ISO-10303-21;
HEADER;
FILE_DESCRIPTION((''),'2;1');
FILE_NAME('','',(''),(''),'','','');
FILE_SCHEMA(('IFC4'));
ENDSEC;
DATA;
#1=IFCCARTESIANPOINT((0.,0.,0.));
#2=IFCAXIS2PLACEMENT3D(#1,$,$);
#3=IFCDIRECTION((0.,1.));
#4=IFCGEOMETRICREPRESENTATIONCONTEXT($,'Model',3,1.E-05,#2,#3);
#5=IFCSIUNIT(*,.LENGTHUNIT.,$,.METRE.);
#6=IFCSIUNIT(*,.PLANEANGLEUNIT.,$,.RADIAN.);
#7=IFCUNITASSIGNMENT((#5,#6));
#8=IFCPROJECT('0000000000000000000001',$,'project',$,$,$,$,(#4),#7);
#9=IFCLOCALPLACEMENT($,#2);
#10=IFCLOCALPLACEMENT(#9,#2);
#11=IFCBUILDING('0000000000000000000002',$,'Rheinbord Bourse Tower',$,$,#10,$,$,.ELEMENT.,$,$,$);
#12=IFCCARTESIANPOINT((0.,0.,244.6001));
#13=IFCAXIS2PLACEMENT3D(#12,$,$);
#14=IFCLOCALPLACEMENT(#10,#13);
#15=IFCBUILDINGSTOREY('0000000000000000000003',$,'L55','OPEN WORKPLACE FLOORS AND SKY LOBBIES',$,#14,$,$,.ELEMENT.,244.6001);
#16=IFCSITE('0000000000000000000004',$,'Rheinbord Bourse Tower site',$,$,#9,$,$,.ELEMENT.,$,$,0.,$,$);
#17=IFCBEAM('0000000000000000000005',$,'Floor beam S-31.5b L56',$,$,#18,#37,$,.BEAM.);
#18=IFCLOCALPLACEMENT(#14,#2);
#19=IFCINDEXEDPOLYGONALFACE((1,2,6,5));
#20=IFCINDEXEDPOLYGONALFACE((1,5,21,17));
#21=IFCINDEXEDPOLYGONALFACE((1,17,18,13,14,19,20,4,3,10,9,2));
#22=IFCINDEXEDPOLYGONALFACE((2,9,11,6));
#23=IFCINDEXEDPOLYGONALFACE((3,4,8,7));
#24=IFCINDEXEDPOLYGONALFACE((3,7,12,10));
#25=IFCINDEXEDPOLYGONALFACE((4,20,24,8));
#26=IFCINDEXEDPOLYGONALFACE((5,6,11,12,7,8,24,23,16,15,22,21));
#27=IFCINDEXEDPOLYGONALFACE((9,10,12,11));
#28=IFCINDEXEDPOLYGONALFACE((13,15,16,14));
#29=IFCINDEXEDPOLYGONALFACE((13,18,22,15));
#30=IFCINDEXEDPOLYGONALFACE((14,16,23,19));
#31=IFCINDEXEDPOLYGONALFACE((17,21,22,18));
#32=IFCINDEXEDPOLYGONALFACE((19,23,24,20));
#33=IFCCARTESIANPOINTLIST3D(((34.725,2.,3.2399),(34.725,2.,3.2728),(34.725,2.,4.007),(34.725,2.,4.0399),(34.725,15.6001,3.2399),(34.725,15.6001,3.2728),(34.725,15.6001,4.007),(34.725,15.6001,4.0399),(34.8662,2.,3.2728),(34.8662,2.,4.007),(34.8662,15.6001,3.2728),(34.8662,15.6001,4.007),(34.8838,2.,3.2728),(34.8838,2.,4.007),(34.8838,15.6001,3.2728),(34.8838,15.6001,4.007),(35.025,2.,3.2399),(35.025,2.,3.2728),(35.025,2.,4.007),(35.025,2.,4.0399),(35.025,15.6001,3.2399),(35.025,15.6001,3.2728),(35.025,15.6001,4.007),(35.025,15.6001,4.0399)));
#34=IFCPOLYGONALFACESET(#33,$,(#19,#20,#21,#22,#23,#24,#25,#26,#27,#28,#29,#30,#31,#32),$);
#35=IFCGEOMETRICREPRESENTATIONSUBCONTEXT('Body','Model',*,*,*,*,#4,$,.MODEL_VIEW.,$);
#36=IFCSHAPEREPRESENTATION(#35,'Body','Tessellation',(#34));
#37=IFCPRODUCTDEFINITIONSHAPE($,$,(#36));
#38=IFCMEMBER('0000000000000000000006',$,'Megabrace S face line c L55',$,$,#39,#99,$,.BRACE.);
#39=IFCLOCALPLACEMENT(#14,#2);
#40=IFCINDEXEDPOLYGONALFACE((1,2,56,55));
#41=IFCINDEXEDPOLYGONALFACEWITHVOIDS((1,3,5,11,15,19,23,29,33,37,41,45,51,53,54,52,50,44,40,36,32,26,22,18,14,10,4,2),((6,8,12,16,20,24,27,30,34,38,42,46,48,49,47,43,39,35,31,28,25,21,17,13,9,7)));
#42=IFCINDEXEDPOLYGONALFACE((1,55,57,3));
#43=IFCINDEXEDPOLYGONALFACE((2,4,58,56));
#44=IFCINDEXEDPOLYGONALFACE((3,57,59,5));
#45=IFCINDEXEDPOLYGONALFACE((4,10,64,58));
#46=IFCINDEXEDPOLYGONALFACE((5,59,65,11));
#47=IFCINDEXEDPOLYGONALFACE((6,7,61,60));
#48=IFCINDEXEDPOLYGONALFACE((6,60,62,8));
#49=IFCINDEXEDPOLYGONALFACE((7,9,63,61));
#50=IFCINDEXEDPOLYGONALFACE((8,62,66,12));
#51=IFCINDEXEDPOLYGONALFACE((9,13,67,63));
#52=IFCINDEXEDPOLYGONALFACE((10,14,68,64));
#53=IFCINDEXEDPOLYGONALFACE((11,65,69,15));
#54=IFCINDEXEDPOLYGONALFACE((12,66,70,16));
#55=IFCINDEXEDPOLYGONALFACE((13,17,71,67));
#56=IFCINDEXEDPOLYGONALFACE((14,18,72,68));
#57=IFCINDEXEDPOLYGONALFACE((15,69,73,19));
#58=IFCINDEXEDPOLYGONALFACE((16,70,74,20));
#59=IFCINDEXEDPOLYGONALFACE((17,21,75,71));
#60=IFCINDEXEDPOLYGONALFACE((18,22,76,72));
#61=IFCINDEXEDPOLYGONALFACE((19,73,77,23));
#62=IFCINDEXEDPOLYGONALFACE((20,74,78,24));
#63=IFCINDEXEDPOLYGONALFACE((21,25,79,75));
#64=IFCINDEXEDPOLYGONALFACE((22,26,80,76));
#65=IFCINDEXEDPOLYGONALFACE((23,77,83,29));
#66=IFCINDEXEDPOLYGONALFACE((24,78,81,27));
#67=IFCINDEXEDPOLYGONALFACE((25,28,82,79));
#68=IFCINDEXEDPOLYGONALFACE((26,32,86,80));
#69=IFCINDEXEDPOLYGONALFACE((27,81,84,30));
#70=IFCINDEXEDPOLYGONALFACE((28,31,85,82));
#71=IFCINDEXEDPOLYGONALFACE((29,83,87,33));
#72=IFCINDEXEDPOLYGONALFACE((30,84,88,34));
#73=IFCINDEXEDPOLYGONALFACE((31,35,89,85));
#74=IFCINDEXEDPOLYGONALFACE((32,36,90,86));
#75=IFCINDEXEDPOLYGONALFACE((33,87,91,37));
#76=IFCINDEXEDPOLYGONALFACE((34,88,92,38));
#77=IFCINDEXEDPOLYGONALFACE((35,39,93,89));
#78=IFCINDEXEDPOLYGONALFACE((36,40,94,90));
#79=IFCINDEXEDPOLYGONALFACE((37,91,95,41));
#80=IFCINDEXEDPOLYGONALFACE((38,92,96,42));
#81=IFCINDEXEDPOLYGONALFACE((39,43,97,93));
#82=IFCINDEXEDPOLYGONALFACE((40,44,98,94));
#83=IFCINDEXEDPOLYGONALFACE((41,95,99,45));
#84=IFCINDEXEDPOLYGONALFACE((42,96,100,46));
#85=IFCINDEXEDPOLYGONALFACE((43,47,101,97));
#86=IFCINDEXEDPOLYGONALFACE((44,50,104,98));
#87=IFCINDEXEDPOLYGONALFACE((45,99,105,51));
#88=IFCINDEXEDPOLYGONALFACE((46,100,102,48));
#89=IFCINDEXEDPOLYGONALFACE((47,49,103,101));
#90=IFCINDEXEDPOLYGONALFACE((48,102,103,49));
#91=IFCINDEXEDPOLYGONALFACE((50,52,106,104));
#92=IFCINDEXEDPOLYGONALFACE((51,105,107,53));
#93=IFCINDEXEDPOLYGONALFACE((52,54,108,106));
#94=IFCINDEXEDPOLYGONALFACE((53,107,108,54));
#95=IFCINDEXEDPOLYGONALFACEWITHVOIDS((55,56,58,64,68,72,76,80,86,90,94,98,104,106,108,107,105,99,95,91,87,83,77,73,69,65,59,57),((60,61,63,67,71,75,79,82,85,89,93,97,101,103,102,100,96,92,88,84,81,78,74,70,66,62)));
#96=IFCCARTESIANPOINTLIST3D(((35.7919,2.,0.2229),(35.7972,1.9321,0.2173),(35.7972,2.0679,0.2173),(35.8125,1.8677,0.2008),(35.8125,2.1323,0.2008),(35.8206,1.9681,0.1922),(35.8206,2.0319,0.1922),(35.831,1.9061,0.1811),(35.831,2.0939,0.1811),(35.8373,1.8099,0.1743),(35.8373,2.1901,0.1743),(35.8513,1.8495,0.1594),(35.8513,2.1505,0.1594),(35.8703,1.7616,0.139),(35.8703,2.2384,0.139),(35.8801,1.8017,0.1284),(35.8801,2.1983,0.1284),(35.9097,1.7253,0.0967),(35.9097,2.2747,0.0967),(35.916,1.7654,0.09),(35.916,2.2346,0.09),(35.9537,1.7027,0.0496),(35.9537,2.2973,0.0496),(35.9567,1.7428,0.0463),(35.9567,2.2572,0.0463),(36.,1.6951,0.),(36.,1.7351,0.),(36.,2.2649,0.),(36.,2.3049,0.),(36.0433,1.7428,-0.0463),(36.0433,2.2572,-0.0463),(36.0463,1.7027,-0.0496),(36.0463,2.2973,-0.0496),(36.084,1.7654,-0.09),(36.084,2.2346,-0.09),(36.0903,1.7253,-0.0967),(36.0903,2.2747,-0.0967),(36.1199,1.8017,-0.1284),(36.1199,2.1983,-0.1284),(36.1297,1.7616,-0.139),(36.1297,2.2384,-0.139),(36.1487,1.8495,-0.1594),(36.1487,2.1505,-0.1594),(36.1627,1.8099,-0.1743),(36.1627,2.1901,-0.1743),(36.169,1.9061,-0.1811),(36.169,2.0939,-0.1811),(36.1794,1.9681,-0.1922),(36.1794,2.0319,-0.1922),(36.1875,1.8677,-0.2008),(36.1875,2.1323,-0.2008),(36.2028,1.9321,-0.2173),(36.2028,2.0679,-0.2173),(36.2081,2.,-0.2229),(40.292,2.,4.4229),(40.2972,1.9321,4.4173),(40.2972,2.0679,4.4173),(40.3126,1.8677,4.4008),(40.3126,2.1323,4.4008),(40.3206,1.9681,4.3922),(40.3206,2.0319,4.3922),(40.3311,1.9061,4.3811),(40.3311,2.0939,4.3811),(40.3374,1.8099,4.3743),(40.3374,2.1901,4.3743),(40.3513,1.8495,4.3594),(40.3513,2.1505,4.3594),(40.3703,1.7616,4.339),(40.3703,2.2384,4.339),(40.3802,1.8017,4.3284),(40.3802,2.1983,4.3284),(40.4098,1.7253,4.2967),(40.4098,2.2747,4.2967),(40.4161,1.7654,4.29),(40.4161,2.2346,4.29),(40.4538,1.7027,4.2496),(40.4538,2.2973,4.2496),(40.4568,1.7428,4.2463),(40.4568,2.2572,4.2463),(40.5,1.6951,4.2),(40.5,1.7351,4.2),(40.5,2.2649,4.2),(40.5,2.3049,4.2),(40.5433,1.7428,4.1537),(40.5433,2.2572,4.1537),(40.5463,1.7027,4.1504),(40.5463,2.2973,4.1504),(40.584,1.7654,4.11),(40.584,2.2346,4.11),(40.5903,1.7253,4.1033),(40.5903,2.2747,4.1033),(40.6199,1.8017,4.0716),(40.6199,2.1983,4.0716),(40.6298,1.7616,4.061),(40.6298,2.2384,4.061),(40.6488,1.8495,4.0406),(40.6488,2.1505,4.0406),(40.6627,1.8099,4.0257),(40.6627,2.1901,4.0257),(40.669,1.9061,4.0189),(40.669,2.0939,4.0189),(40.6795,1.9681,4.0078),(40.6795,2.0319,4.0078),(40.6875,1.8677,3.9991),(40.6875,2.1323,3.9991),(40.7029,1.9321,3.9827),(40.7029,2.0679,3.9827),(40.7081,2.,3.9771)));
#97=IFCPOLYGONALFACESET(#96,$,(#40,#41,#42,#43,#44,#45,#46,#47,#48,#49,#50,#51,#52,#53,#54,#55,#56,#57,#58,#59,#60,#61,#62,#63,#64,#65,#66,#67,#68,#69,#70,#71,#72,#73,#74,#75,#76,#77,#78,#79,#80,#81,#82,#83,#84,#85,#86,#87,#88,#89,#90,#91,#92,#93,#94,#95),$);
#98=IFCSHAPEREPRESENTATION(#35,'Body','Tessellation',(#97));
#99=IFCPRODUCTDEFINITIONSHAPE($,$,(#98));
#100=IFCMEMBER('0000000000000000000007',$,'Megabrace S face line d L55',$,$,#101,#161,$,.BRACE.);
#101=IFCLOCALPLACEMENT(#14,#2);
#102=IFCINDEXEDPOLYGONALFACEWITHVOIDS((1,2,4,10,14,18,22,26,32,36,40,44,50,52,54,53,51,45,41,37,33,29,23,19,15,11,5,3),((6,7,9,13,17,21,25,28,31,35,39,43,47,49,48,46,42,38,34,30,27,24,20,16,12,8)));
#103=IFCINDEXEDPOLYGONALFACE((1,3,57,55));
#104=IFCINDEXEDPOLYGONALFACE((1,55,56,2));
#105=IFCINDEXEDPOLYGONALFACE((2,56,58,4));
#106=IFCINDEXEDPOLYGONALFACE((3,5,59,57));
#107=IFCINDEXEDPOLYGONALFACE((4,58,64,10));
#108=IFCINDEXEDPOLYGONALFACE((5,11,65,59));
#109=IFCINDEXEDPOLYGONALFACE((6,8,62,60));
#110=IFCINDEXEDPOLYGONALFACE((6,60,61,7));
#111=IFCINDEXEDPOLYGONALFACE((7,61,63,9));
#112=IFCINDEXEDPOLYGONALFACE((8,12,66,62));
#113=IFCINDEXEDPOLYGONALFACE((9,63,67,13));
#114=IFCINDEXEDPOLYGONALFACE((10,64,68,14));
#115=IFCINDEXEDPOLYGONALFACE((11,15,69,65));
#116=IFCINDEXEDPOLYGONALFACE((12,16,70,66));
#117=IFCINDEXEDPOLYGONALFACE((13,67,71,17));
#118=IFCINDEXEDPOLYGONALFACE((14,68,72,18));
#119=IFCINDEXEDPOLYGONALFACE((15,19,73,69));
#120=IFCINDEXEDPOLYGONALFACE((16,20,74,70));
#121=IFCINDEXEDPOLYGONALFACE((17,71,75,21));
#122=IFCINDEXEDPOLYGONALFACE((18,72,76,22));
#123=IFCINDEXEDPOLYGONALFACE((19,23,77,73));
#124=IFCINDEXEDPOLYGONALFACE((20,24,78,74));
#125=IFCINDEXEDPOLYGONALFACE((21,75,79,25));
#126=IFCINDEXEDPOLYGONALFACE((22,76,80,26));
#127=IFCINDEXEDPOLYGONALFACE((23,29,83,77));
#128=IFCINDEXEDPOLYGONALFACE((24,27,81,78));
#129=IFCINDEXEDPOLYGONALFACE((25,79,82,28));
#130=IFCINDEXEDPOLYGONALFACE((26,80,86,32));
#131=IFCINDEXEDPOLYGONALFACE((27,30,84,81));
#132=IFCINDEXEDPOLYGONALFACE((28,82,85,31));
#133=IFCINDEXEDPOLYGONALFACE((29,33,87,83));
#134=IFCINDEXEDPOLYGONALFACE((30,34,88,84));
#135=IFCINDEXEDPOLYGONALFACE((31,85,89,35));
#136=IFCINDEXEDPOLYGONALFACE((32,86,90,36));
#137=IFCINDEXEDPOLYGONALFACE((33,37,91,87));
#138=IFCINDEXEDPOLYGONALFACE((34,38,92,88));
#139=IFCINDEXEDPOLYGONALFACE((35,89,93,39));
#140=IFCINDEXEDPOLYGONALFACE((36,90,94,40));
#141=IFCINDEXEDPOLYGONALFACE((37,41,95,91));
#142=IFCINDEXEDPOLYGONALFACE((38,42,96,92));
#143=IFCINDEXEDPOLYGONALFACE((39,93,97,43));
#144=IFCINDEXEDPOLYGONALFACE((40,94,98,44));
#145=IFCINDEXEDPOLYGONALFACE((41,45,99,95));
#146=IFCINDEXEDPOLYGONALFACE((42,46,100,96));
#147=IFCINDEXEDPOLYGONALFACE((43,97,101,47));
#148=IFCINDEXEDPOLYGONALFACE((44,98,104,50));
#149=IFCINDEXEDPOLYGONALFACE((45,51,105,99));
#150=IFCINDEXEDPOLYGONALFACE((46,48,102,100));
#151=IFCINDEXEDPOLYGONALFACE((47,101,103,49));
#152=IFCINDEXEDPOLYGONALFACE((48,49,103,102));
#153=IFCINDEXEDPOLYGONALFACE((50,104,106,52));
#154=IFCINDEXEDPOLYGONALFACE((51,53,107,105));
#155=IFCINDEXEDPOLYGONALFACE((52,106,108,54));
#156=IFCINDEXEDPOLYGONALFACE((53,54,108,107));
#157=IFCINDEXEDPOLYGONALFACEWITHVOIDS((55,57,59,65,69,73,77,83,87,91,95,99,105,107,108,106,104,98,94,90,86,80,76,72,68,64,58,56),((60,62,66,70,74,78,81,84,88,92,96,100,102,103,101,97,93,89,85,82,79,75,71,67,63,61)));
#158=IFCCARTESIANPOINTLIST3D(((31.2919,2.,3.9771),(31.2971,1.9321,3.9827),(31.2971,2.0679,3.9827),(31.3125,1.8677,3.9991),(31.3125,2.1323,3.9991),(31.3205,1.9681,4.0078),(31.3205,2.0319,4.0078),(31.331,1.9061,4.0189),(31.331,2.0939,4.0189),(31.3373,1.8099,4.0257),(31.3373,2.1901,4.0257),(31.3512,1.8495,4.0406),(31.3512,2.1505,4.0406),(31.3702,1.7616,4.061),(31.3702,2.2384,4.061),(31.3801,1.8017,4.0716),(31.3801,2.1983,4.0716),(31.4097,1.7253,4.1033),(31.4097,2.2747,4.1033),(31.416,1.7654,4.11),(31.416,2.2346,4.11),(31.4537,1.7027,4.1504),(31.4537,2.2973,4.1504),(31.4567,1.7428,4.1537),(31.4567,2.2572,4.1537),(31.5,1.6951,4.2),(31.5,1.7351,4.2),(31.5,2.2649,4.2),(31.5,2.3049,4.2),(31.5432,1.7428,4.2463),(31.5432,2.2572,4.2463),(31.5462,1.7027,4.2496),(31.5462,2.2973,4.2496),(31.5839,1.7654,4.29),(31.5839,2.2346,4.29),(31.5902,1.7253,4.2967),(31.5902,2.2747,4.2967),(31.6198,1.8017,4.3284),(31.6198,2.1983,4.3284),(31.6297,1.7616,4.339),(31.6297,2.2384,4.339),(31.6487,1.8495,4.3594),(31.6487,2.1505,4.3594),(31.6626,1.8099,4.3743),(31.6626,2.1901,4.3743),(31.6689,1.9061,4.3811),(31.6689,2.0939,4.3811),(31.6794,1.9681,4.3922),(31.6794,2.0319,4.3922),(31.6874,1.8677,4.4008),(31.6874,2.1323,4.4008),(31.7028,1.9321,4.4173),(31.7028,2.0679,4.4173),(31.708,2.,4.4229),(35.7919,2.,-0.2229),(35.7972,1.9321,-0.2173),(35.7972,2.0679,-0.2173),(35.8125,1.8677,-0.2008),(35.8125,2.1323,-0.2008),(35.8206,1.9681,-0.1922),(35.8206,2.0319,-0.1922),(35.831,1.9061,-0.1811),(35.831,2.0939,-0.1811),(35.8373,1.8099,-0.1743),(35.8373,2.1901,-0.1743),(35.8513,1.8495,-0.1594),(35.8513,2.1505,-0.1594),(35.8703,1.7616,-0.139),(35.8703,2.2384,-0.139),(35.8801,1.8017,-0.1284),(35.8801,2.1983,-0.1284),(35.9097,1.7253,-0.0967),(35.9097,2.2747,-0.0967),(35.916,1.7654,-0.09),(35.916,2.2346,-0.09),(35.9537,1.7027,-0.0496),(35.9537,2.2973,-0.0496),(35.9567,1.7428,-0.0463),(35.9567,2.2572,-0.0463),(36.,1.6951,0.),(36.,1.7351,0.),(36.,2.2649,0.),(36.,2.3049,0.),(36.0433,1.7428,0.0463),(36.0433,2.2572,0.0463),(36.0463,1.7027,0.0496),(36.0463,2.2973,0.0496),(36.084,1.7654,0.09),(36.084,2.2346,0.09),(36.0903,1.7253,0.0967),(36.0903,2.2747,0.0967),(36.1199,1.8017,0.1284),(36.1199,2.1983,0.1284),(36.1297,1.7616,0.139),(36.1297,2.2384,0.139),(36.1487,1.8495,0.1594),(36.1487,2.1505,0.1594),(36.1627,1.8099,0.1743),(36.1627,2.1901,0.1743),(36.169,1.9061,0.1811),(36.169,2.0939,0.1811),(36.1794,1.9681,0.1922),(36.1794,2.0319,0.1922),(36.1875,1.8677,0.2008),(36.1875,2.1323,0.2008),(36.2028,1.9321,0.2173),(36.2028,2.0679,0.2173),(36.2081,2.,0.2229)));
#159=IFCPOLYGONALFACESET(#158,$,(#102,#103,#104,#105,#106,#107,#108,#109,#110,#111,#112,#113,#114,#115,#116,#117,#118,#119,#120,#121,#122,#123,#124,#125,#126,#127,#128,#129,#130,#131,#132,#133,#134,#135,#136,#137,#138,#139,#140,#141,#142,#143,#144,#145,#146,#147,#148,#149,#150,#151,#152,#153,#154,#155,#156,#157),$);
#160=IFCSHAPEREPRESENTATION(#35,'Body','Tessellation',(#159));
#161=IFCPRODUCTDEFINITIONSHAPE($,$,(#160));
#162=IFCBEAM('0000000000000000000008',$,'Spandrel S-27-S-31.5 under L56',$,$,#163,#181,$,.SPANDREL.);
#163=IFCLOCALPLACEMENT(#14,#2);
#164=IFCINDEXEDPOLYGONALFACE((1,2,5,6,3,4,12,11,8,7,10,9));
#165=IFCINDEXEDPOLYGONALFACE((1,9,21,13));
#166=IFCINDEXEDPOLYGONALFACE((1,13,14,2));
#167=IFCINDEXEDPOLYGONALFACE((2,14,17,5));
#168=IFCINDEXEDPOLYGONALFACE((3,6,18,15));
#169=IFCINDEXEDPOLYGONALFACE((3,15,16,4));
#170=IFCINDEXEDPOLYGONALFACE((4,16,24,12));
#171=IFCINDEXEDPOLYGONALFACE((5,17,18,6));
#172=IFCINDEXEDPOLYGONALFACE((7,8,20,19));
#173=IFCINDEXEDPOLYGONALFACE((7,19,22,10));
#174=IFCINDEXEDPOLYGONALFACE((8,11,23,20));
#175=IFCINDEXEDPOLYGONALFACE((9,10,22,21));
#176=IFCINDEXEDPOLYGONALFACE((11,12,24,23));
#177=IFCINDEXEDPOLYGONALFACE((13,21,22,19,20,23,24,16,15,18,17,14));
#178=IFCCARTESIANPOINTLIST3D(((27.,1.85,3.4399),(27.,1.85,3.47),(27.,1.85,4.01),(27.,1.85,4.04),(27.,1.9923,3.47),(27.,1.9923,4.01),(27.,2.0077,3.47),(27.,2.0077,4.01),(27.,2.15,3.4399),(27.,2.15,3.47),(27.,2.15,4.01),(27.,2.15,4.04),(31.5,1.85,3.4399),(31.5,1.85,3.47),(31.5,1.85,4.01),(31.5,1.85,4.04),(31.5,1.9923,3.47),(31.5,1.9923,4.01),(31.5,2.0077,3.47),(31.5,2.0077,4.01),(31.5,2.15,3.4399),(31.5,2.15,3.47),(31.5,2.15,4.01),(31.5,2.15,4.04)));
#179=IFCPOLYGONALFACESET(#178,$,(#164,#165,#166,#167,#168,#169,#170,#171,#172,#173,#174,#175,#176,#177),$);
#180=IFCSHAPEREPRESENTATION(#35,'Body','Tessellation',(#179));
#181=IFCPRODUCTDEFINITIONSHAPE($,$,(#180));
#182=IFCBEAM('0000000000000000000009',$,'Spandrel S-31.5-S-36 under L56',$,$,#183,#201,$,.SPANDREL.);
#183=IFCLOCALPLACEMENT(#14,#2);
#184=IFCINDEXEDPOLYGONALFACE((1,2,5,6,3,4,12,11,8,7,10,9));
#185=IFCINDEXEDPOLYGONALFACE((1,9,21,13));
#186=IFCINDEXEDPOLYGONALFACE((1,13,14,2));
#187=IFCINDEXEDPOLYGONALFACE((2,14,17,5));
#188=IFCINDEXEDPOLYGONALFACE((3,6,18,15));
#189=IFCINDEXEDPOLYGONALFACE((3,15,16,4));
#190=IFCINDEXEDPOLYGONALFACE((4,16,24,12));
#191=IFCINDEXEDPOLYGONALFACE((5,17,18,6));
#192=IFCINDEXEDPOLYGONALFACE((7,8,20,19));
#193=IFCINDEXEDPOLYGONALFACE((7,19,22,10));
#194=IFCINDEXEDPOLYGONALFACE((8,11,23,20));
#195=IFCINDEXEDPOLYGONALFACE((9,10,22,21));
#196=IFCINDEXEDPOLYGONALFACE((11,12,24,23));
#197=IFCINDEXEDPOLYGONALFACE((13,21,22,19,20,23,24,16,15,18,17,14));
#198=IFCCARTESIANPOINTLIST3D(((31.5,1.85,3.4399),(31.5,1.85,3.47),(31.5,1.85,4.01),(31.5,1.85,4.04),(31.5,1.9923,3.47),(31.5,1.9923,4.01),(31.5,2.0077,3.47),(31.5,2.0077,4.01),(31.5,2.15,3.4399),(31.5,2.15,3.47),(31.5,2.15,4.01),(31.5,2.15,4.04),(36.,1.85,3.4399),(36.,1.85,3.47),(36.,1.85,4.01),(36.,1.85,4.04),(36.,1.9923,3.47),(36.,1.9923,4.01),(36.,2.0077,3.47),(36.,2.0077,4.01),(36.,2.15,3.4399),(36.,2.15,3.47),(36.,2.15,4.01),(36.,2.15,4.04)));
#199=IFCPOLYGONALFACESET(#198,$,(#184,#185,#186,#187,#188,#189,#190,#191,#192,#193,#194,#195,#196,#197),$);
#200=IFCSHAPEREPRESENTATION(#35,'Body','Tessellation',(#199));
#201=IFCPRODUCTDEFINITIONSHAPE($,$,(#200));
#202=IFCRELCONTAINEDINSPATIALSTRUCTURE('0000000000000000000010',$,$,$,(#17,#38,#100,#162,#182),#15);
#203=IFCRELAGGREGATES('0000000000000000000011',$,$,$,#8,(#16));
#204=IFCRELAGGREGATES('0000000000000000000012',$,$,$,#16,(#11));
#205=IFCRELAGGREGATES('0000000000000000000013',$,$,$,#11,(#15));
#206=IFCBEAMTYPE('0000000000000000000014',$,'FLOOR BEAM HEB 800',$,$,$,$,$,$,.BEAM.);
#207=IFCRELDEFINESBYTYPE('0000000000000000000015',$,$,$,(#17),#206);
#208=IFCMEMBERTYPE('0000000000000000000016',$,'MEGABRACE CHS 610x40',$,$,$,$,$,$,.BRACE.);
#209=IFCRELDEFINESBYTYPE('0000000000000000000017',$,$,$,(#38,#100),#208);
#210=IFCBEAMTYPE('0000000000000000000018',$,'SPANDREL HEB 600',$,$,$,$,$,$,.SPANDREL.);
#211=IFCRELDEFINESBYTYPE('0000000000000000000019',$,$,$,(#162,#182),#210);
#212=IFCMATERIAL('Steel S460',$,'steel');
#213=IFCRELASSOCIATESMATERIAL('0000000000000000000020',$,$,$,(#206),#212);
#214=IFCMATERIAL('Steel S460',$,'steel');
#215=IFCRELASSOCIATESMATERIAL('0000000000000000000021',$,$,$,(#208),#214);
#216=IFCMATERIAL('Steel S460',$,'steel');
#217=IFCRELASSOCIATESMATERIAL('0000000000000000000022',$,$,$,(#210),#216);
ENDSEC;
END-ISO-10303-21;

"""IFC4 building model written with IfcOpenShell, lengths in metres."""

from ifc_helpers import new_model, si_unit, direction, frame, origin, origin_2d, place, context, subcontext, project, spatial, hollow_circle, i_section, extrude, material, material_profile, profile_set, type_object, element, save


model = new_model("IFC4")

# Units and contexts
model_context = context("Model", 3, precision=1e-05, world=origin(), true_north=direction((0.0, 1.0)))
body_context = subcontext(model_context, "Body", "Model", "MODEL_VIEW")
ifc_project = project(units=[si_unit("LENGTHUNIT", "METRE"), si_unit("PLANEANGLEUNIT", "RADIAN")], contexts=[model_context])

# Site, building, storey
site_placement = place(None, origin())
site = spatial("IfcSite", under=ifc_project, at=site_placement, Name="Rheinbord Bourse Tower site", CompositionType="ELEMENT", RefElevation=0.0)
building_placement = place(site_placement, origin())
building = spatial("IfcBuilding", under=site, at=building_placement, Name="Rheinbord Bourse Tower", CompositionType="ELEMENT")
storey_placement = place(building_placement, frame((0.0, 0.0, 244.6001)))
storey = spatial("IfcBuildingStorey", under=building, at=storey_placement, Name="L55", Description="OPEN WORKPLACE FLOORS AND SKY LOBBIES", CompositionType="ELEMENT", Elevation=244.6001)

# Beam
ifc_material_1 = material(Name="Steel S460", Category="steel")
ifc_material_profile_1 = material_profile(ifc_material_1, i_section(OverallWidth=0.3, OverallDepth=0.8, WebThickness=0.0176, FlangeThickness=0.033, at=origin_2d()), Name="HEB 800")
ifc_profile_set_1 = profile_set([ifc_material_profile_1], Name="Steel S460")
beam_type_1 = type_object("IfcBeamType", Name="FLOOR BEAM HEB 800", PredefinedType="BEAM", material=ifc_profile_set_1)
for number, where, z_axis, x_axis, name in (
    (1, (34.875, 2.0, 3.6399), (0.0, 1.0, 0.0), (-1.0, 0.0, 0.0), "Floor beam S-31.5b L56"),
):
    element("IfcBeam", number, at=place(storey_placement, frame(where, z_axis=z_axis, x_axis=x_axis)), inside=storey, type_object=beam_type_1, Name=name, PredefinedType="BEAM", context=body_context, shape_type="SweptSolid", body=[
        extrude(i_section(OverallWidth=0.3, OverallDepth=0.8, WebThickness=0.0176, FlangeThickness=0.033, at=origin_2d()), origin(), (0.0, 0.0, 1.0), 13.6001),
    ])

# Members
ifc_material_2 = material(Name="Steel S460", Category="steel")
ifc_material_profile_2 = material_profile(ifc_material_2, hollow_circle(Radius=0.3049, WallThickness=0.04, at=origin_2d()), Name="CHS 610x40")
ifc_profile_set_2 = profile_set([ifc_material_profile_2], Name="Steel S460")
member_type_1 = type_object("IfcMemberType", Name="MEGABRACE CHS 610x40", PredefinedType="BRACE", material=ifc_profile_set_2)
for number, where, z_axis, x_axis, name in (
    (2, (36.0, 2.0, 0.0), (0.731059, 0.0, 0.682314), (0.0, 1.0, 0.0), "Megabrace S face line c L55"),
    (3, (36.0, 2.0, 0.0), (-0.731059, 0.0, 0.682314), (0.0, -1.0, 0.0), "Megabrace S face line d L55"),
):
    element("IfcMember", number, at=place(storey_placement, frame(where, z_axis=z_axis, x_axis=x_axis)), inside=storey, type_object=member_type_1, Name=name, PredefinedType="BRACE", context=body_context, shape_type="SweptSolid", body=[
        extrude(hollow_circle(Radius=0.3049, WallThickness=0.04, at=origin_2d()), origin(), (0.0, 0.0, 1.0), 6.1555),
    ])

# Beams
ifc_material_3 = material(Name="Steel S460", Category="steel")
ifc_material_profile_3 = material_profile(ifc_material_3, i_section(OverallWidth=0.3, OverallDepth=0.6001, WebThickness=0.0154, FlangeThickness=0.03, at=origin_2d()), Name="HEB 600")
ifc_profile_set_3 = profile_set([ifc_material_profile_3], Name="Steel S460")
beam_type_2 = type_object("IfcBeamType", Name="SPANDREL HEB 600", PredefinedType="SPANDREL", material=ifc_profile_set_3)
for number, where, z_axis, x_axis, name in (
    (4, (27.0, 2.0, 3.74), (1.0, 0.0, 0.0), (0.0, 1.0, 0.0), "Spandrel S-27-S-31.5 under L56"),
    (5, (31.5, 2.0, 3.74), (1.0, 0.0, 0.0), (0.0, 1.0, 0.0), "Spandrel S-31.5-S-36 under L56"),
):
    element("IfcBeam", number, at=place(storey_placement, frame(where, z_axis=z_axis, x_axis=x_axis)), inside=storey, type_object=beam_type_2, Name=name, PredefinedType="SPANDREL", context=body_context, shape_type="SweptSolid", body=[
        extrude(i_section(OverallWidth=0.3, OverallDepth=0.6001, WebThickness=0.0154, FlangeThickness=0.03, at=origin_2d()), origin(), (0.0, 0.0, 1.0), 4.5),
    ])

save(model, "model.ifc")
